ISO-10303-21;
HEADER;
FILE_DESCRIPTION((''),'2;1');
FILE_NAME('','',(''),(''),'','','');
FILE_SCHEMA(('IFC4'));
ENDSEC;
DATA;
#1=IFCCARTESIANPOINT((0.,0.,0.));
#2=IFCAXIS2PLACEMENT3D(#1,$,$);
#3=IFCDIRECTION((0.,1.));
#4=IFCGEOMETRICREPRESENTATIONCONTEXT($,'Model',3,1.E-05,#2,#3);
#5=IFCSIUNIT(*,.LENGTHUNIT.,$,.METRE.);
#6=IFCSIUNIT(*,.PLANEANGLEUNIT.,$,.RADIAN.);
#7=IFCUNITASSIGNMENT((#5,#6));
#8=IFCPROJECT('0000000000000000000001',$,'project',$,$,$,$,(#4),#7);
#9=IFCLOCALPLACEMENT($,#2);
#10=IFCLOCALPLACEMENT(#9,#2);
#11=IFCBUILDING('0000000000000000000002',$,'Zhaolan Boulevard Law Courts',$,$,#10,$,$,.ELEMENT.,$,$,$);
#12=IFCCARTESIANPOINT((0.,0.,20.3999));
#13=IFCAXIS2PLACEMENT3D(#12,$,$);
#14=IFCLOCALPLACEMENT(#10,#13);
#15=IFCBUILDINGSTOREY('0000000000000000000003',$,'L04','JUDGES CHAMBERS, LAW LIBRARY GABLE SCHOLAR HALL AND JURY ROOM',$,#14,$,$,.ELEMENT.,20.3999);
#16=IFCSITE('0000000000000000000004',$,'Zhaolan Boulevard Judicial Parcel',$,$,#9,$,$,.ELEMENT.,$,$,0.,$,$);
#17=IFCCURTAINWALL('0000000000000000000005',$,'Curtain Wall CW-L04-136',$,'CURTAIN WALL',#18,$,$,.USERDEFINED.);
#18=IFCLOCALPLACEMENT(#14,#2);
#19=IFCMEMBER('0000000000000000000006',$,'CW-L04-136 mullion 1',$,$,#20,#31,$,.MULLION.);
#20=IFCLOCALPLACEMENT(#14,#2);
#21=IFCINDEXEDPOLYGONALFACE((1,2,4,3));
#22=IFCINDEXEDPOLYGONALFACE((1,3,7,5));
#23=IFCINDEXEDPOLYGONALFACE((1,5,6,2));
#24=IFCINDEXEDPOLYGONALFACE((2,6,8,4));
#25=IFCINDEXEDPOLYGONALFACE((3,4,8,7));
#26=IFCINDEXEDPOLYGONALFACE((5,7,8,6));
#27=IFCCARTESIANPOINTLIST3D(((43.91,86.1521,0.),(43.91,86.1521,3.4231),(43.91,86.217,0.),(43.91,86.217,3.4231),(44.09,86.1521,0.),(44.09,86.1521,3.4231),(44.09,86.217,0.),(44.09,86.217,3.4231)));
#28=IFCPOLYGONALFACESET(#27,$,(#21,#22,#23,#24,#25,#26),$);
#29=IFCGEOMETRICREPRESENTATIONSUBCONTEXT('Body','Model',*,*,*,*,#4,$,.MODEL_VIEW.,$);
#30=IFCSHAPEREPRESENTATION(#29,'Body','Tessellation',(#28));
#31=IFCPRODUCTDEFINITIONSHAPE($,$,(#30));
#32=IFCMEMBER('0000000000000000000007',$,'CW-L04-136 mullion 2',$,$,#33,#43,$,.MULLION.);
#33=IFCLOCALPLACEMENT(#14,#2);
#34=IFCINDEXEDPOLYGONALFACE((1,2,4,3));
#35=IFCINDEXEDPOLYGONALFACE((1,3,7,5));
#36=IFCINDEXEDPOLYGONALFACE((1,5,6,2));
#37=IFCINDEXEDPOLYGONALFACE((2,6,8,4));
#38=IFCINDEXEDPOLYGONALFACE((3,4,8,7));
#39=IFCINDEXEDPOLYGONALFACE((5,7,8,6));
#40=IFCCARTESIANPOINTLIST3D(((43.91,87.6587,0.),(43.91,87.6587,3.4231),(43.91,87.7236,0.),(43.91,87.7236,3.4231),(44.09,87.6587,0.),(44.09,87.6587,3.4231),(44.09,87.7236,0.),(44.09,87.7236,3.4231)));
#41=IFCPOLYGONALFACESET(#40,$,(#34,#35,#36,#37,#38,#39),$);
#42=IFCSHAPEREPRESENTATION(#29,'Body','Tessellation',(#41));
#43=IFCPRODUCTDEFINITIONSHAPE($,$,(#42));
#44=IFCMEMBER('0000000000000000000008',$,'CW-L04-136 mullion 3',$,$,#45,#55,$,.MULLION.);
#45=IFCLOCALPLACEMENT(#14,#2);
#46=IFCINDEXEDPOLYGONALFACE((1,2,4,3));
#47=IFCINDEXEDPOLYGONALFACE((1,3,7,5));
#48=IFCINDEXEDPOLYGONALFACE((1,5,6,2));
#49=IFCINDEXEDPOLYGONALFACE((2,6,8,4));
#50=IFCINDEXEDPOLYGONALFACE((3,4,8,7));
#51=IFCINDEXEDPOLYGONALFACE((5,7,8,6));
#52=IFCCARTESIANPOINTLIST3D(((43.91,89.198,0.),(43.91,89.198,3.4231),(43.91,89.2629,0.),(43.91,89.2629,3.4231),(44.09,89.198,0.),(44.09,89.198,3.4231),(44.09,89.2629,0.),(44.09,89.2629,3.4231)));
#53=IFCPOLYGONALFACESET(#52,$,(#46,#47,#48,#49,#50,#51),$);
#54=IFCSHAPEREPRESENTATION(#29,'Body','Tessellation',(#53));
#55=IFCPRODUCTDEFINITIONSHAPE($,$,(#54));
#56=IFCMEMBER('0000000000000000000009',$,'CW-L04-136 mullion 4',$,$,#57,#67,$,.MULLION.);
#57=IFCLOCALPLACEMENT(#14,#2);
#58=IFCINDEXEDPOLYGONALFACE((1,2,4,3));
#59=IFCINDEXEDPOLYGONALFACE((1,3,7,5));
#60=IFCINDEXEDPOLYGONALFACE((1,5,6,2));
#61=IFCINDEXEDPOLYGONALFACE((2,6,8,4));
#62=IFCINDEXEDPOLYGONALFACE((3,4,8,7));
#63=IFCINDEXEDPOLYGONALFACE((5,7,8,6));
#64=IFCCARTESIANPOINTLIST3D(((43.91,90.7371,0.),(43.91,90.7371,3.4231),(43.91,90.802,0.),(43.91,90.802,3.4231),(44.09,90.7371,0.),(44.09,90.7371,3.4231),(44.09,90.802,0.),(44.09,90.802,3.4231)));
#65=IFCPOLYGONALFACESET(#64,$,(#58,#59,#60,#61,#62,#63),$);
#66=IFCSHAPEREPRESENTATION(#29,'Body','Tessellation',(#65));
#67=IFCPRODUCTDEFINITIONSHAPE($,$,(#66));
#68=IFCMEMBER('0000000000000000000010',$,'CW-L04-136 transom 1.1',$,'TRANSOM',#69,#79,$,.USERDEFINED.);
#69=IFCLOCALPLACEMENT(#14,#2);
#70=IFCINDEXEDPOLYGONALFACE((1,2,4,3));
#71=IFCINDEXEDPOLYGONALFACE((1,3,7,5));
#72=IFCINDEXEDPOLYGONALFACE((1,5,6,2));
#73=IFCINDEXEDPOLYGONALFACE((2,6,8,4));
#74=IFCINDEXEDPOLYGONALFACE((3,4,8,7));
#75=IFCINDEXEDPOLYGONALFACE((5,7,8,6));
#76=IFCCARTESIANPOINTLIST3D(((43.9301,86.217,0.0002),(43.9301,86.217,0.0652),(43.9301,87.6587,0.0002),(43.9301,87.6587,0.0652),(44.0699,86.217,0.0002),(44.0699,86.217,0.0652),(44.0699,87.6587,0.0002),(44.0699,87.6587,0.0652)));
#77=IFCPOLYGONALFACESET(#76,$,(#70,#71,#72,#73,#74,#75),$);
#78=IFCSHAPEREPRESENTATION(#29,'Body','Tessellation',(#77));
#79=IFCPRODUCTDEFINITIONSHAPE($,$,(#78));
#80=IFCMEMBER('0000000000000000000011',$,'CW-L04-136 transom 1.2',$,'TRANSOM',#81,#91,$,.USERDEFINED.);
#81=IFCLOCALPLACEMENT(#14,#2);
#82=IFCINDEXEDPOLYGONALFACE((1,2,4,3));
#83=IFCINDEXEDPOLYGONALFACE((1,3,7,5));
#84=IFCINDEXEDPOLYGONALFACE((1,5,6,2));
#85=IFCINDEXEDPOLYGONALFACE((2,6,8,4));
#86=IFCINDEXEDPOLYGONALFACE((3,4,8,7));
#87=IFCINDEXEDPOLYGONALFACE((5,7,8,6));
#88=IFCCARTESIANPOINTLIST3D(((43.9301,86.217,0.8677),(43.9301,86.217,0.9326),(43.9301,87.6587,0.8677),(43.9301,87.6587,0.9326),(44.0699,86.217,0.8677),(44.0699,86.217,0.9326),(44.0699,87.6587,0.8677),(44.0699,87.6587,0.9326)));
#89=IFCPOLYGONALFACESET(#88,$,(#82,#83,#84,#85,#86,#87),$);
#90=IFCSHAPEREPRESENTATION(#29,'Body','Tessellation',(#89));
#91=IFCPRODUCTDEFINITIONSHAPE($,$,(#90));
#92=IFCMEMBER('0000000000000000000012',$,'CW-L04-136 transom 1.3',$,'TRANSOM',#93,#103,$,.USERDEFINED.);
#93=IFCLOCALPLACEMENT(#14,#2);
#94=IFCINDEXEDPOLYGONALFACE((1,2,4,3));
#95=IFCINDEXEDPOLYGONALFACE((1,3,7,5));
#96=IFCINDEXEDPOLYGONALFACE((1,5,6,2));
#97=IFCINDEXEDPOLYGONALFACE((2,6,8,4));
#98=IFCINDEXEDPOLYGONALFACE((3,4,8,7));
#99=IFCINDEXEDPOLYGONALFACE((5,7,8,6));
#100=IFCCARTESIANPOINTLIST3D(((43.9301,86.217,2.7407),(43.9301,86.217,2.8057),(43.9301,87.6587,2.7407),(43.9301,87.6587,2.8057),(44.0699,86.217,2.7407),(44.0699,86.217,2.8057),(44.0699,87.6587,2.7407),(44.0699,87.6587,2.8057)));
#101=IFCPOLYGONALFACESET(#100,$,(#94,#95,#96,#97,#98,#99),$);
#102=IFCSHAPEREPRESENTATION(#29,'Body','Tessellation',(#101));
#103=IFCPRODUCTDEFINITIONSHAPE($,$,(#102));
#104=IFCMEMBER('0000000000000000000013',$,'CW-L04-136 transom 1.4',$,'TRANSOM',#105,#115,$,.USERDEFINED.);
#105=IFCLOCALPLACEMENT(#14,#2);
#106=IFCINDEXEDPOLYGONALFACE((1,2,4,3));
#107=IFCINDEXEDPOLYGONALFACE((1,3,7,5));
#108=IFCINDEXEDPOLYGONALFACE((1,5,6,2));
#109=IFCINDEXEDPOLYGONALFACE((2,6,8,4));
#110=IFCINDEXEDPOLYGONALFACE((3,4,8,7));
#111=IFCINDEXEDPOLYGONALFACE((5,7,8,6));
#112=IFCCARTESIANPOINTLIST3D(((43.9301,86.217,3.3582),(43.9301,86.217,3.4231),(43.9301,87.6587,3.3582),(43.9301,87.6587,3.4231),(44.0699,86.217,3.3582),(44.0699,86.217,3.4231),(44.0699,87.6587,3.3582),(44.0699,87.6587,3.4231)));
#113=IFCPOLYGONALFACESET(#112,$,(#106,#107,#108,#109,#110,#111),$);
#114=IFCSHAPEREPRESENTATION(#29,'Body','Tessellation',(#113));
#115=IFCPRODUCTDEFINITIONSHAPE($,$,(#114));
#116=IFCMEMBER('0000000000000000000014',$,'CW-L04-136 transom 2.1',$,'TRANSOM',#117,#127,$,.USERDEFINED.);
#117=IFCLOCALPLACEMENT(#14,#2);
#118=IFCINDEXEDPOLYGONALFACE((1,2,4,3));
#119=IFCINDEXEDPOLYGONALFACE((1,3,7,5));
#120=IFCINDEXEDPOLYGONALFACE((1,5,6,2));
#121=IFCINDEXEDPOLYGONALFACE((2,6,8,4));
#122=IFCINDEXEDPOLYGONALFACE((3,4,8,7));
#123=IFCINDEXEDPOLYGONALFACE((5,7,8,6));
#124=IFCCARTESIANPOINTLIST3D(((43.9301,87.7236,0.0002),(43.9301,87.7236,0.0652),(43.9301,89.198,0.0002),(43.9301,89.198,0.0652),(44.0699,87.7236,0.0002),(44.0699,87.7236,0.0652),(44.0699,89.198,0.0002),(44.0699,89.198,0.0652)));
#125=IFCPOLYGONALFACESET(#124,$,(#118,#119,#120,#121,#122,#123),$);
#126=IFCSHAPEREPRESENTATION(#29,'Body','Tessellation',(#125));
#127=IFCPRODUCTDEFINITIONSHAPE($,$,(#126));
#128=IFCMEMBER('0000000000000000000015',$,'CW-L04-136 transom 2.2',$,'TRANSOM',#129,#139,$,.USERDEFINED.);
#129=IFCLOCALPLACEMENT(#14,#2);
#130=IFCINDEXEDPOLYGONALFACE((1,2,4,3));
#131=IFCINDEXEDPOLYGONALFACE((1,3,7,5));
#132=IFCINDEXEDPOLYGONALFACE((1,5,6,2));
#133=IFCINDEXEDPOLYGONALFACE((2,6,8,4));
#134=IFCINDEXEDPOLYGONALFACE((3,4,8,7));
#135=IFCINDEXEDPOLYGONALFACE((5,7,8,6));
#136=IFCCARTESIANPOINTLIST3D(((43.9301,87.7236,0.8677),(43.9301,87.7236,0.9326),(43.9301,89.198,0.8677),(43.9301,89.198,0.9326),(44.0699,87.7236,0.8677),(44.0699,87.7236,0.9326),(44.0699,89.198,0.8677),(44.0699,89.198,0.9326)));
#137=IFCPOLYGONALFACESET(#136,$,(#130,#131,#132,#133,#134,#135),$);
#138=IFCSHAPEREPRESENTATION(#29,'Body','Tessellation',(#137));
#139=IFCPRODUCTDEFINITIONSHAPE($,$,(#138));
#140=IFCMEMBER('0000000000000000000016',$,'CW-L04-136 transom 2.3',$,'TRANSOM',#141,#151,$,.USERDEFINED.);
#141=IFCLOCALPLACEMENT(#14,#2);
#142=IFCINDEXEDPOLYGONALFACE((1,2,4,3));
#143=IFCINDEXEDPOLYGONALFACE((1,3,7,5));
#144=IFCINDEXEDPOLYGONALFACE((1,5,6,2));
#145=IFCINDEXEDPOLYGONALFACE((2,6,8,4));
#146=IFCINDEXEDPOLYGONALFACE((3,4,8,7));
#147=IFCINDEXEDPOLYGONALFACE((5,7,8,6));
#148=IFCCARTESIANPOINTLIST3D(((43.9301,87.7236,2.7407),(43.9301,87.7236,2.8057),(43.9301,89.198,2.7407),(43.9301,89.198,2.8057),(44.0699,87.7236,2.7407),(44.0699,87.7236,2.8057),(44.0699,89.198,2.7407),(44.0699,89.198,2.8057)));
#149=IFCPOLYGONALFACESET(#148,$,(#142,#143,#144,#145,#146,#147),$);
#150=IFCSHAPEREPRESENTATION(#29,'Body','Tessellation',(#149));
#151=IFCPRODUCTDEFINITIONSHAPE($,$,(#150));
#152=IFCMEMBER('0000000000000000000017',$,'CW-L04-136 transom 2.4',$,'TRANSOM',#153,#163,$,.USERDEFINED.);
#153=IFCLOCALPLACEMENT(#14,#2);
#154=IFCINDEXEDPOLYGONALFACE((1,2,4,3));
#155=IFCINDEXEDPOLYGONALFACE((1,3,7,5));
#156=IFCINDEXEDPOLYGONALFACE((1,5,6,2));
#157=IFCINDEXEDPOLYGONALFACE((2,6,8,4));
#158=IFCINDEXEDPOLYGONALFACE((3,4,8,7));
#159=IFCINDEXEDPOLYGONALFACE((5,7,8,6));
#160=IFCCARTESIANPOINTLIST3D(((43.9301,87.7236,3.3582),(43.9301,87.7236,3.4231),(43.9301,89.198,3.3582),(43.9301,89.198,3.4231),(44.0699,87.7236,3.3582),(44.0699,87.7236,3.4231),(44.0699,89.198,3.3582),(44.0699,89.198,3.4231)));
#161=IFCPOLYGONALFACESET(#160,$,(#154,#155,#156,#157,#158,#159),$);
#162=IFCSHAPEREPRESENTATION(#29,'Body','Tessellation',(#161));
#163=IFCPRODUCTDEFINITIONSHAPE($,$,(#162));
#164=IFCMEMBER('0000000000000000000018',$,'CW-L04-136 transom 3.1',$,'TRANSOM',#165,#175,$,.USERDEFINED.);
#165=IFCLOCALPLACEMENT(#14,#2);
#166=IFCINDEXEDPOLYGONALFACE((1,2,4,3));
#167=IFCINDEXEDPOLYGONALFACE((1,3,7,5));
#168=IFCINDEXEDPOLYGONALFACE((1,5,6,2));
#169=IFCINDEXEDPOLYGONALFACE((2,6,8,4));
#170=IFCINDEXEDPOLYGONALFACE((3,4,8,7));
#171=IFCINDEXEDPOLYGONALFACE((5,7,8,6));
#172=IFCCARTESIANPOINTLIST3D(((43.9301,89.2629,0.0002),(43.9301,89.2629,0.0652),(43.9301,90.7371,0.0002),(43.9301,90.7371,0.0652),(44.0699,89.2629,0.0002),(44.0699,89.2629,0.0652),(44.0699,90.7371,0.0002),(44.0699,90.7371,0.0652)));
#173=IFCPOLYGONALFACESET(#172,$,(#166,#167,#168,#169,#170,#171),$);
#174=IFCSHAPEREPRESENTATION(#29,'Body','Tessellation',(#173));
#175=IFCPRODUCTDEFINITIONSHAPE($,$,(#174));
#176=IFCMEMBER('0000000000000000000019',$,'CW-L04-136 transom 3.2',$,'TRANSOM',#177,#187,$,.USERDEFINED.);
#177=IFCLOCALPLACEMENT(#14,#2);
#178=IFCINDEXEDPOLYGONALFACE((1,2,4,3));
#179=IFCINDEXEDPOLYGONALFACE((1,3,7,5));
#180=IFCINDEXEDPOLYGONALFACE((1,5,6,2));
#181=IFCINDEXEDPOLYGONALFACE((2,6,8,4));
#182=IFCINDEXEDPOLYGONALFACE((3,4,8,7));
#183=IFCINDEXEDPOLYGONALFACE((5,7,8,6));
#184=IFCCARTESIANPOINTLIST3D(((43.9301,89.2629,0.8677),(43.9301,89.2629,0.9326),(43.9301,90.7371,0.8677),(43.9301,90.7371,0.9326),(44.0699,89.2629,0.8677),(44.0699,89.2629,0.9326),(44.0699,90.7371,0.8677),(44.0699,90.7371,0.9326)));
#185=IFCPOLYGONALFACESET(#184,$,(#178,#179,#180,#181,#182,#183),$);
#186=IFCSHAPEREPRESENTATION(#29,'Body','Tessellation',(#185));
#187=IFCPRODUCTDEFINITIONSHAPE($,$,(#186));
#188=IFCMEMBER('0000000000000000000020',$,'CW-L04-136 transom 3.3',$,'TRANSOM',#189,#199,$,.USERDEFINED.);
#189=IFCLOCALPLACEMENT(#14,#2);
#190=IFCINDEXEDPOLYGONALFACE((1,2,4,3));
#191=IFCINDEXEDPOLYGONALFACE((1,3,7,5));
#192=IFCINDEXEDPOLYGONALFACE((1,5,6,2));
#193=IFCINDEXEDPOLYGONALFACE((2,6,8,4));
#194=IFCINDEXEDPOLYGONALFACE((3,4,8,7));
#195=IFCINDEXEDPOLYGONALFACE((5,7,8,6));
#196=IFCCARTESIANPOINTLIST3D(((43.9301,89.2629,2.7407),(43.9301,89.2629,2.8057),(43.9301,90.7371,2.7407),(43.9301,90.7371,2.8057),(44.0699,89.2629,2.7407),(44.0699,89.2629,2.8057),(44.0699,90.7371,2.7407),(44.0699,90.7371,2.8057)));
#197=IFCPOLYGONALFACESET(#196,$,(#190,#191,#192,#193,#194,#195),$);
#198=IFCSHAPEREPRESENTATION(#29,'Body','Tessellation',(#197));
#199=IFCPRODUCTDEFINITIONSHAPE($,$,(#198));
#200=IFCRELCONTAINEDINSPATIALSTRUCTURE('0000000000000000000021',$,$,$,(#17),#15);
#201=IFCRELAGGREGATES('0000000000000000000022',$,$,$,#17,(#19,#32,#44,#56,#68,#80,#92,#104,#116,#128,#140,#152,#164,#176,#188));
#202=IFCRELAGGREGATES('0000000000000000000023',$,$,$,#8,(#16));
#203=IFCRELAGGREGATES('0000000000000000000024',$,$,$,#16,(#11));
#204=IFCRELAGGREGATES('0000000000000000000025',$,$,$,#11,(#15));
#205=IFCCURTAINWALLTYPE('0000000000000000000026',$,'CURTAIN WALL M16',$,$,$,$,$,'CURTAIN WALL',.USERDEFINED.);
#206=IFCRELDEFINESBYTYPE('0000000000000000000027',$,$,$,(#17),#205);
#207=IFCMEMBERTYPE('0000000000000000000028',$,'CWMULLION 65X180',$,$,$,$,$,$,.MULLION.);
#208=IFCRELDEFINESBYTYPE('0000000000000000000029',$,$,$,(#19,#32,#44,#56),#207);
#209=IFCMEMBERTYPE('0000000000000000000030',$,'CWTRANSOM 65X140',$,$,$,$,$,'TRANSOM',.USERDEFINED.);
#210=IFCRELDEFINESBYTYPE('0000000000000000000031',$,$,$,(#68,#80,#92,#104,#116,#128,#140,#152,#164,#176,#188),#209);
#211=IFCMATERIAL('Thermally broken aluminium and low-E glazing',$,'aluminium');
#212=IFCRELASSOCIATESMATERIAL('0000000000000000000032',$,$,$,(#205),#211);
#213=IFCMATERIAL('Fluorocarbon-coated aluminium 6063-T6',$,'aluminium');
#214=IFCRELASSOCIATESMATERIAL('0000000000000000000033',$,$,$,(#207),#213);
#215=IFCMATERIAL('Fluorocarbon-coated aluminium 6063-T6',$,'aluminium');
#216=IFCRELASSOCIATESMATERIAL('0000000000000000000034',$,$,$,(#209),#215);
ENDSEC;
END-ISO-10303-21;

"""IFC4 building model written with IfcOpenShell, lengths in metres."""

from ifc_helpers import new_model, si_unit, direction, frame, origin, origin_2d, place, context, subcontext, project, spatial, rectangle, extrude, material, material_profile, profile_set, type_object, element, aggregate, save


model = new_model("IFC4")

# Units and contexts
model_context = context("Model", 3, precision=1e-05, world=origin(), true_north=direction((0.0, 1.0)))
body_context = subcontext(model_context, "Body", "Model", "MODEL_VIEW")
ifc_project = project(units=[si_unit("LENGTHUNIT", "METRE"), si_unit("PLANEANGLEUNIT", "RADIAN")], contexts=[model_context])

# Site, building, storey
site_placement = place(None, origin())
site = spatial("IfcSite", under=ifc_project, at=site_placement, Name="Zhaolan Boulevard Judicial Parcel", CompositionType="ELEMENT", RefElevation=0.0)
building_placement = place(site_placement, origin())
building = spatial("IfcBuilding", under=site, at=building_placement, Name="Zhaolan Boulevard Law Courts", CompositionType="ELEMENT")
storey_placement = place(building_placement, frame((0.0, 0.0, 20.3999)))
storey = spatial("IfcBuildingStorey", under=building, at=storey_placement, Name="L04", Description="JUDGES CHAMBERS, LAW LIBRARY GABLE SCHOLAR HALL AND JURY ROOM", CompositionType="ELEMENT", Elevation=20.3999)

# Curtain wall, members
ifc_material_1 = material(Name="Thermally broken aluminium and low-E glazing", Category="aluminium")
curtain_wall_type = type_object("IfcCurtainWallType", Name="CURTAIN WALL M16", ElementType="CURTAIN WALL", PredefinedType="USERDEFINED", material=ifc_material_1)
curtain_wall_placement = place(storey_placement, origin())
curtain_wall = element("IfcCurtainWall", 1, at=curtain_wall_placement, inside=storey, type_object=curtain_wall_type, Name="Curtain Wall CW-L04-136", ObjectType="CURTAIN WALL", PredefinedType="USERDEFINED")
ifc_material_2 = material(Name="Fluorocarbon-coated aluminium 6063-T6", Category="aluminium")
ifc_material_profile_1 = material_profile(ifc_material_2, rectangle(XDim=0.1799, YDim=0.0649, at=origin_2d()), Name="AL65x180")
ifc_profile_set_1 = profile_set([ifc_material_profile_1], Name="Fluorocarbon-coated aluminium 6063-T6")
member_type_1 = type_object("IfcMemberType", Name="CWMULLION 65X180", PredefinedType="MULLION", material=ifc_profile_set_1)
member_1_placement = place(storey_placement, frame((44.0, 86.1846, 0.0), z_axis=(0.0, 0.0, 1.0), x_axis=(-1.0, 0.0, 0.0)))
member_1 = element("IfcMember", 2, at=member_1_placement, type_object=member_type_1, Name="CW-L04-136 mullion 1", PredefinedType="MULLION", context=body_context, shape_type="SweptSolid", body=[
    extrude(rectangle(XDim=0.1799, YDim=0.0649, at=origin_2d()), origin(), (0.0, 0.0, 1.0), 3.4231),
])
member_2_placement = place(storey_placement, frame((44.0, 87.6912, 0.0), z_axis=(0.0, 0.0, 1.0), x_axis=(-1.0, 0.0, 0.0)))
member_2 = element("IfcMember", 3, at=member_2_placement, type_object=member_type_1, Name="CW-L04-136 mullion 2", PredefinedType="MULLION", context=body_context, shape_type="SweptSolid", body=[
    extrude(rectangle(XDim=0.1799, YDim=0.0649, at=origin_2d()), origin(), (0.0, 0.0, 1.0), 3.4231),
])
member_3_placement = place(storey_placement, frame((44.0, 89.2305, 0.0), z_axis=(0.0, 0.0, 1.0), x_axis=(-1.0, 0.0, 0.0)))
member_3 = element("IfcMember", 4, at=member_3_placement, type_object=member_type_1, Name="CW-L04-136 mullion 3", PredefinedType="MULLION", context=body_context, shape_type="SweptSolid", body=[
    extrude(rectangle(XDim=0.1799, YDim=0.0649, at=origin_2d()), origin(), (0.0, 0.0, 1.0), 3.4231),
])
member_4_placement = place(storey_placement, frame((44.0, 90.7695, 0.0), z_axis=(0.0, 0.0, 1.0), x_axis=(-1.0, 0.0, 0.0)))
member_4 = element("IfcMember", 5, at=member_4_placement, type_object=member_type_1, Name="CW-L04-136 mullion 4", PredefinedType="MULLION", context=body_context, shape_type="SweptSolid", body=[
    extrude(rectangle(XDim=0.1799, YDim=0.0649, at=origin_2d()), origin(), (0.0, 0.0, 1.0), 3.4231),
])
ifc_material_3 = material(Name="Fluorocarbon-coated aluminium 6063-T6", Category="aluminium")
ifc_material_profile_2 = material_profile(ifc_material_3, rectangle(XDim=0.1399, YDim=0.0649, at=origin_2d()), Name="AL65x140")
ifc_profile_set_2 = profile_set([ifc_material_profile_2], Name="Fluorocarbon-coated aluminium 6063-T6")
member_type_2 = type_object("IfcMemberType", Name="CWTRANSOM 65X140", ElementType="TRANSOM", PredefinedType="USERDEFINED", material=ifc_profile_set_2)
member_5_placement = place(storey_placement, frame((44.0, 86.217, 0.0327), z_axis=(0.0, 1.0, 0.0), x_axis=(-1.0, 0.0, 0.0)))
member_5 = element("IfcMember", 6, at=member_5_placement, type_object=member_type_2, Name="CW-L04-136 transom 1.1", ObjectType="TRANSOM", PredefinedType="USERDEFINED", context=body_context, shape_type="SweptSolid", body=[
    extrude(rectangle(XDim=0.1399, YDim=0.0649, at=origin_2d()), origin(), (0.0, 0.0, 1.0), 1.4417),
])
member_6_placement = place(storey_placement, frame((44.0, 86.217, 0.9001), z_axis=(0.0, 1.0, 0.0), x_axis=(-1.0, 0.0, 0.0)))
member_6 = element("IfcMember", 7, at=member_6_placement, type_object=member_type_2, Name="CW-L04-136 transom 1.2", ObjectType="TRANSOM", PredefinedType="USERDEFINED", context=body_context, shape_type="SweptSolid", body=[
    extrude(rectangle(XDim=0.1399, YDim=0.0649, at=origin_2d()), origin(), (0.0, 0.0, 1.0), 1.4417),
])
member_7_placement = place(storey_placement, frame((44.0, 86.217, 2.7732), z_axis=(0.0, 1.0, 0.0), x_axis=(-1.0, 0.0, 0.0)))
member_7 = element("IfcMember", 8, at=member_7_placement, type_object=member_type_2, Name="CW-L04-136 transom 1.3", ObjectType="TRANSOM", PredefinedType="USERDEFINED", context=body_context, shape_type="SweptSolid", body=[
    extrude(rectangle(XDim=0.1399, YDim=0.0649, at=origin_2d()), origin(), (0.0, 0.0, 1.0), 1.4417),
])
member_8_placement = place(storey_placement, frame((44.0, 86.217, 3.3906), z_axis=(0.0, 1.0, 0.0), x_axis=(-1.0, 0.0, 0.0)))
member_8 = element("IfcMember", 9, at=member_8_placement, type_object=member_type_2, Name="CW-L04-136 transom 1.4", ObjectType="TRANSOM", PredefinedType="USERDEFINED", context=body_context, shape_type="SweptSolid", body=[
    extrude(rectangle(XDim=0.1399, YDim=0.0649, at=origin_2d()), origin(), (0.0, 0.0, 1.0), 1.4417),
])
member_9_placement = place(storey_placement, frame((44.0, 87.7236, 0.0327), z_axis=(0.0, 1.0, 0.0), x_axis=(-1.0, 0.0, 0.0)))
member_9 = element("IfcMember", 10, at=member_9_placement, type_object=member_type_2, Name="CW-L04-136 transom 2.1", ObjectType="TRANSOM", PredefinedType="USERDEFINED", context=body_context, shape_type="SweptSolid", body=[
    extrude(rectangle(XDim=0.1399, YDim=0.0649, at=origin_2d()), origin(), (0.0, 0.0, 1.0), 1.4744),
])
member_10_placement = place(storey_placement, frame((44.0, 87.7236, 0.9001), z_axis=(0.0, 1.0, 0.0), x_axis=(-1.0, 0.0, 0.0)))
member_10 = element("IfcMember", 11, at=member_10_placement, type_object=member_type_2, Name="CW-L04-136 transom 2.2", ObjectType="TRANSOM", PredefinedType="USERDEFINED", context=body_context, shape_type="SweptSolid", body=[
    extrude(rectangle(XDim=0.1399, YDim=0.0649, at=origin_2d()), origin(), (0.0, 0.0, 1.0), 1.4744),
])
member_11_placement = place(storey_placement, frame((44.0, 87.7236, 2.7732), z_axis=(0.0, 1.0, 0.0), x_axis=(-1.0, 0.0, 0.0)))
member_11 = element("IfcMember", 12, at=member_11_placement, type_object=member_type_2, Name="CW-L04-136 transom 2.3", ObjectType="TRANSOM", PredefinedType="USERDEFINED", context=body_context, shape_type="SweptSolid", body=[
    extrude(rectangle(XDim=0.1399, YDim=0.0649, at=origin_2d()), origin(), (0.0, 0.0, 1.0), 1.4744),
])
member_12_placement = place(storey_placement, frame((44.0, 87.7236, 3.3906), z_axis=(0.0, 1.0, 0.0), x_axis=(-1.0, 0.0, 0.0)))
member_12 = element("IfcMember", 13, at=member_12_placement, type_object=member_type_2, Name="CW-L04-136 transom 2.4", ObjectType="TRANSOM", PredefinedType="USERDEFINED", context=body_context, shape_type="SweptSolid", body=[
    extrude(rectangle(XDim=0.1399, YDim=0.0649, at=origin_2d()), origin(), (0.0, 0.0, 1.0), 1.4744),
])
member_13_placement = place(storey_placement, frame((44.0, 89.2629, 0.0327), z_axis=(0.0, 1.0, 0.0), x_axis=(-1.0, 0.0, 0.0)))
member_13 = element("IfcMember", 14, at=member_13_placement, type_object=member_type_2, Name="CW-L04-136 transom 3.1", ObjectType="TRANSOM", PredefinedType="USERDEFINED", context=body_context, shape_type="SweptSolid", body=[
    extrude(rectangle(XDim=0.1399, YDim=0.0649, at=origin_2d()), origin(), (0.0, 0.0, 1.0), 1.4741),
])
member_14_placement = place(storey_placement, frame((44.0, 89.2629, 0.9001), z_axis=(0.0, 1.0, 0.0), x_axis=(-1.0, 0.0, 0.0)))
member_14 = element("IfcMember", 15, at=member_14_placement, type_object=member_type_2, Name="CW-L04-136 transom 3.2", ObjectType="TRANSOM", PredefinedType="USERDEFINED", context=body_context, shape_type="SweptSolid", body=[
    extrude(rectangle(XDim=0.1399, YDim=0.0649, at=origin_2d()), origin(), (0.0, 0.0, 1.0), 1.4741),
])
member_15_placement = place(storey_placement, frame((44.0, 89.2629, 2.7732), z_axis=(0.0, 1.0, 0.0), x_axis=(-1.0, 0.0, 0.0)))
member_15 = element("IfcMember", 16, at=member_15_placement, type_object=member_type_2, Name="CW-L04-136 transom 3.3", ObjectType="TRANSOM", PredefinedType="USERDEFINED", context=body_context, shape_type="SweptSolid", body=[
    extrude(rectangle(XDim=0.1399, YDim=0.0649, at=origin_2d()), origin(), (0.0, 0.0, 1.0), 1.4741),
])

aggregate(curtain_wall, [member_1, member_2, member_3, member_4, member_5, member_6, member_7, member_8, member_9, member_10, member_11, member_12, member_13, member_14, member_15])

save(model, "model.ifc")
